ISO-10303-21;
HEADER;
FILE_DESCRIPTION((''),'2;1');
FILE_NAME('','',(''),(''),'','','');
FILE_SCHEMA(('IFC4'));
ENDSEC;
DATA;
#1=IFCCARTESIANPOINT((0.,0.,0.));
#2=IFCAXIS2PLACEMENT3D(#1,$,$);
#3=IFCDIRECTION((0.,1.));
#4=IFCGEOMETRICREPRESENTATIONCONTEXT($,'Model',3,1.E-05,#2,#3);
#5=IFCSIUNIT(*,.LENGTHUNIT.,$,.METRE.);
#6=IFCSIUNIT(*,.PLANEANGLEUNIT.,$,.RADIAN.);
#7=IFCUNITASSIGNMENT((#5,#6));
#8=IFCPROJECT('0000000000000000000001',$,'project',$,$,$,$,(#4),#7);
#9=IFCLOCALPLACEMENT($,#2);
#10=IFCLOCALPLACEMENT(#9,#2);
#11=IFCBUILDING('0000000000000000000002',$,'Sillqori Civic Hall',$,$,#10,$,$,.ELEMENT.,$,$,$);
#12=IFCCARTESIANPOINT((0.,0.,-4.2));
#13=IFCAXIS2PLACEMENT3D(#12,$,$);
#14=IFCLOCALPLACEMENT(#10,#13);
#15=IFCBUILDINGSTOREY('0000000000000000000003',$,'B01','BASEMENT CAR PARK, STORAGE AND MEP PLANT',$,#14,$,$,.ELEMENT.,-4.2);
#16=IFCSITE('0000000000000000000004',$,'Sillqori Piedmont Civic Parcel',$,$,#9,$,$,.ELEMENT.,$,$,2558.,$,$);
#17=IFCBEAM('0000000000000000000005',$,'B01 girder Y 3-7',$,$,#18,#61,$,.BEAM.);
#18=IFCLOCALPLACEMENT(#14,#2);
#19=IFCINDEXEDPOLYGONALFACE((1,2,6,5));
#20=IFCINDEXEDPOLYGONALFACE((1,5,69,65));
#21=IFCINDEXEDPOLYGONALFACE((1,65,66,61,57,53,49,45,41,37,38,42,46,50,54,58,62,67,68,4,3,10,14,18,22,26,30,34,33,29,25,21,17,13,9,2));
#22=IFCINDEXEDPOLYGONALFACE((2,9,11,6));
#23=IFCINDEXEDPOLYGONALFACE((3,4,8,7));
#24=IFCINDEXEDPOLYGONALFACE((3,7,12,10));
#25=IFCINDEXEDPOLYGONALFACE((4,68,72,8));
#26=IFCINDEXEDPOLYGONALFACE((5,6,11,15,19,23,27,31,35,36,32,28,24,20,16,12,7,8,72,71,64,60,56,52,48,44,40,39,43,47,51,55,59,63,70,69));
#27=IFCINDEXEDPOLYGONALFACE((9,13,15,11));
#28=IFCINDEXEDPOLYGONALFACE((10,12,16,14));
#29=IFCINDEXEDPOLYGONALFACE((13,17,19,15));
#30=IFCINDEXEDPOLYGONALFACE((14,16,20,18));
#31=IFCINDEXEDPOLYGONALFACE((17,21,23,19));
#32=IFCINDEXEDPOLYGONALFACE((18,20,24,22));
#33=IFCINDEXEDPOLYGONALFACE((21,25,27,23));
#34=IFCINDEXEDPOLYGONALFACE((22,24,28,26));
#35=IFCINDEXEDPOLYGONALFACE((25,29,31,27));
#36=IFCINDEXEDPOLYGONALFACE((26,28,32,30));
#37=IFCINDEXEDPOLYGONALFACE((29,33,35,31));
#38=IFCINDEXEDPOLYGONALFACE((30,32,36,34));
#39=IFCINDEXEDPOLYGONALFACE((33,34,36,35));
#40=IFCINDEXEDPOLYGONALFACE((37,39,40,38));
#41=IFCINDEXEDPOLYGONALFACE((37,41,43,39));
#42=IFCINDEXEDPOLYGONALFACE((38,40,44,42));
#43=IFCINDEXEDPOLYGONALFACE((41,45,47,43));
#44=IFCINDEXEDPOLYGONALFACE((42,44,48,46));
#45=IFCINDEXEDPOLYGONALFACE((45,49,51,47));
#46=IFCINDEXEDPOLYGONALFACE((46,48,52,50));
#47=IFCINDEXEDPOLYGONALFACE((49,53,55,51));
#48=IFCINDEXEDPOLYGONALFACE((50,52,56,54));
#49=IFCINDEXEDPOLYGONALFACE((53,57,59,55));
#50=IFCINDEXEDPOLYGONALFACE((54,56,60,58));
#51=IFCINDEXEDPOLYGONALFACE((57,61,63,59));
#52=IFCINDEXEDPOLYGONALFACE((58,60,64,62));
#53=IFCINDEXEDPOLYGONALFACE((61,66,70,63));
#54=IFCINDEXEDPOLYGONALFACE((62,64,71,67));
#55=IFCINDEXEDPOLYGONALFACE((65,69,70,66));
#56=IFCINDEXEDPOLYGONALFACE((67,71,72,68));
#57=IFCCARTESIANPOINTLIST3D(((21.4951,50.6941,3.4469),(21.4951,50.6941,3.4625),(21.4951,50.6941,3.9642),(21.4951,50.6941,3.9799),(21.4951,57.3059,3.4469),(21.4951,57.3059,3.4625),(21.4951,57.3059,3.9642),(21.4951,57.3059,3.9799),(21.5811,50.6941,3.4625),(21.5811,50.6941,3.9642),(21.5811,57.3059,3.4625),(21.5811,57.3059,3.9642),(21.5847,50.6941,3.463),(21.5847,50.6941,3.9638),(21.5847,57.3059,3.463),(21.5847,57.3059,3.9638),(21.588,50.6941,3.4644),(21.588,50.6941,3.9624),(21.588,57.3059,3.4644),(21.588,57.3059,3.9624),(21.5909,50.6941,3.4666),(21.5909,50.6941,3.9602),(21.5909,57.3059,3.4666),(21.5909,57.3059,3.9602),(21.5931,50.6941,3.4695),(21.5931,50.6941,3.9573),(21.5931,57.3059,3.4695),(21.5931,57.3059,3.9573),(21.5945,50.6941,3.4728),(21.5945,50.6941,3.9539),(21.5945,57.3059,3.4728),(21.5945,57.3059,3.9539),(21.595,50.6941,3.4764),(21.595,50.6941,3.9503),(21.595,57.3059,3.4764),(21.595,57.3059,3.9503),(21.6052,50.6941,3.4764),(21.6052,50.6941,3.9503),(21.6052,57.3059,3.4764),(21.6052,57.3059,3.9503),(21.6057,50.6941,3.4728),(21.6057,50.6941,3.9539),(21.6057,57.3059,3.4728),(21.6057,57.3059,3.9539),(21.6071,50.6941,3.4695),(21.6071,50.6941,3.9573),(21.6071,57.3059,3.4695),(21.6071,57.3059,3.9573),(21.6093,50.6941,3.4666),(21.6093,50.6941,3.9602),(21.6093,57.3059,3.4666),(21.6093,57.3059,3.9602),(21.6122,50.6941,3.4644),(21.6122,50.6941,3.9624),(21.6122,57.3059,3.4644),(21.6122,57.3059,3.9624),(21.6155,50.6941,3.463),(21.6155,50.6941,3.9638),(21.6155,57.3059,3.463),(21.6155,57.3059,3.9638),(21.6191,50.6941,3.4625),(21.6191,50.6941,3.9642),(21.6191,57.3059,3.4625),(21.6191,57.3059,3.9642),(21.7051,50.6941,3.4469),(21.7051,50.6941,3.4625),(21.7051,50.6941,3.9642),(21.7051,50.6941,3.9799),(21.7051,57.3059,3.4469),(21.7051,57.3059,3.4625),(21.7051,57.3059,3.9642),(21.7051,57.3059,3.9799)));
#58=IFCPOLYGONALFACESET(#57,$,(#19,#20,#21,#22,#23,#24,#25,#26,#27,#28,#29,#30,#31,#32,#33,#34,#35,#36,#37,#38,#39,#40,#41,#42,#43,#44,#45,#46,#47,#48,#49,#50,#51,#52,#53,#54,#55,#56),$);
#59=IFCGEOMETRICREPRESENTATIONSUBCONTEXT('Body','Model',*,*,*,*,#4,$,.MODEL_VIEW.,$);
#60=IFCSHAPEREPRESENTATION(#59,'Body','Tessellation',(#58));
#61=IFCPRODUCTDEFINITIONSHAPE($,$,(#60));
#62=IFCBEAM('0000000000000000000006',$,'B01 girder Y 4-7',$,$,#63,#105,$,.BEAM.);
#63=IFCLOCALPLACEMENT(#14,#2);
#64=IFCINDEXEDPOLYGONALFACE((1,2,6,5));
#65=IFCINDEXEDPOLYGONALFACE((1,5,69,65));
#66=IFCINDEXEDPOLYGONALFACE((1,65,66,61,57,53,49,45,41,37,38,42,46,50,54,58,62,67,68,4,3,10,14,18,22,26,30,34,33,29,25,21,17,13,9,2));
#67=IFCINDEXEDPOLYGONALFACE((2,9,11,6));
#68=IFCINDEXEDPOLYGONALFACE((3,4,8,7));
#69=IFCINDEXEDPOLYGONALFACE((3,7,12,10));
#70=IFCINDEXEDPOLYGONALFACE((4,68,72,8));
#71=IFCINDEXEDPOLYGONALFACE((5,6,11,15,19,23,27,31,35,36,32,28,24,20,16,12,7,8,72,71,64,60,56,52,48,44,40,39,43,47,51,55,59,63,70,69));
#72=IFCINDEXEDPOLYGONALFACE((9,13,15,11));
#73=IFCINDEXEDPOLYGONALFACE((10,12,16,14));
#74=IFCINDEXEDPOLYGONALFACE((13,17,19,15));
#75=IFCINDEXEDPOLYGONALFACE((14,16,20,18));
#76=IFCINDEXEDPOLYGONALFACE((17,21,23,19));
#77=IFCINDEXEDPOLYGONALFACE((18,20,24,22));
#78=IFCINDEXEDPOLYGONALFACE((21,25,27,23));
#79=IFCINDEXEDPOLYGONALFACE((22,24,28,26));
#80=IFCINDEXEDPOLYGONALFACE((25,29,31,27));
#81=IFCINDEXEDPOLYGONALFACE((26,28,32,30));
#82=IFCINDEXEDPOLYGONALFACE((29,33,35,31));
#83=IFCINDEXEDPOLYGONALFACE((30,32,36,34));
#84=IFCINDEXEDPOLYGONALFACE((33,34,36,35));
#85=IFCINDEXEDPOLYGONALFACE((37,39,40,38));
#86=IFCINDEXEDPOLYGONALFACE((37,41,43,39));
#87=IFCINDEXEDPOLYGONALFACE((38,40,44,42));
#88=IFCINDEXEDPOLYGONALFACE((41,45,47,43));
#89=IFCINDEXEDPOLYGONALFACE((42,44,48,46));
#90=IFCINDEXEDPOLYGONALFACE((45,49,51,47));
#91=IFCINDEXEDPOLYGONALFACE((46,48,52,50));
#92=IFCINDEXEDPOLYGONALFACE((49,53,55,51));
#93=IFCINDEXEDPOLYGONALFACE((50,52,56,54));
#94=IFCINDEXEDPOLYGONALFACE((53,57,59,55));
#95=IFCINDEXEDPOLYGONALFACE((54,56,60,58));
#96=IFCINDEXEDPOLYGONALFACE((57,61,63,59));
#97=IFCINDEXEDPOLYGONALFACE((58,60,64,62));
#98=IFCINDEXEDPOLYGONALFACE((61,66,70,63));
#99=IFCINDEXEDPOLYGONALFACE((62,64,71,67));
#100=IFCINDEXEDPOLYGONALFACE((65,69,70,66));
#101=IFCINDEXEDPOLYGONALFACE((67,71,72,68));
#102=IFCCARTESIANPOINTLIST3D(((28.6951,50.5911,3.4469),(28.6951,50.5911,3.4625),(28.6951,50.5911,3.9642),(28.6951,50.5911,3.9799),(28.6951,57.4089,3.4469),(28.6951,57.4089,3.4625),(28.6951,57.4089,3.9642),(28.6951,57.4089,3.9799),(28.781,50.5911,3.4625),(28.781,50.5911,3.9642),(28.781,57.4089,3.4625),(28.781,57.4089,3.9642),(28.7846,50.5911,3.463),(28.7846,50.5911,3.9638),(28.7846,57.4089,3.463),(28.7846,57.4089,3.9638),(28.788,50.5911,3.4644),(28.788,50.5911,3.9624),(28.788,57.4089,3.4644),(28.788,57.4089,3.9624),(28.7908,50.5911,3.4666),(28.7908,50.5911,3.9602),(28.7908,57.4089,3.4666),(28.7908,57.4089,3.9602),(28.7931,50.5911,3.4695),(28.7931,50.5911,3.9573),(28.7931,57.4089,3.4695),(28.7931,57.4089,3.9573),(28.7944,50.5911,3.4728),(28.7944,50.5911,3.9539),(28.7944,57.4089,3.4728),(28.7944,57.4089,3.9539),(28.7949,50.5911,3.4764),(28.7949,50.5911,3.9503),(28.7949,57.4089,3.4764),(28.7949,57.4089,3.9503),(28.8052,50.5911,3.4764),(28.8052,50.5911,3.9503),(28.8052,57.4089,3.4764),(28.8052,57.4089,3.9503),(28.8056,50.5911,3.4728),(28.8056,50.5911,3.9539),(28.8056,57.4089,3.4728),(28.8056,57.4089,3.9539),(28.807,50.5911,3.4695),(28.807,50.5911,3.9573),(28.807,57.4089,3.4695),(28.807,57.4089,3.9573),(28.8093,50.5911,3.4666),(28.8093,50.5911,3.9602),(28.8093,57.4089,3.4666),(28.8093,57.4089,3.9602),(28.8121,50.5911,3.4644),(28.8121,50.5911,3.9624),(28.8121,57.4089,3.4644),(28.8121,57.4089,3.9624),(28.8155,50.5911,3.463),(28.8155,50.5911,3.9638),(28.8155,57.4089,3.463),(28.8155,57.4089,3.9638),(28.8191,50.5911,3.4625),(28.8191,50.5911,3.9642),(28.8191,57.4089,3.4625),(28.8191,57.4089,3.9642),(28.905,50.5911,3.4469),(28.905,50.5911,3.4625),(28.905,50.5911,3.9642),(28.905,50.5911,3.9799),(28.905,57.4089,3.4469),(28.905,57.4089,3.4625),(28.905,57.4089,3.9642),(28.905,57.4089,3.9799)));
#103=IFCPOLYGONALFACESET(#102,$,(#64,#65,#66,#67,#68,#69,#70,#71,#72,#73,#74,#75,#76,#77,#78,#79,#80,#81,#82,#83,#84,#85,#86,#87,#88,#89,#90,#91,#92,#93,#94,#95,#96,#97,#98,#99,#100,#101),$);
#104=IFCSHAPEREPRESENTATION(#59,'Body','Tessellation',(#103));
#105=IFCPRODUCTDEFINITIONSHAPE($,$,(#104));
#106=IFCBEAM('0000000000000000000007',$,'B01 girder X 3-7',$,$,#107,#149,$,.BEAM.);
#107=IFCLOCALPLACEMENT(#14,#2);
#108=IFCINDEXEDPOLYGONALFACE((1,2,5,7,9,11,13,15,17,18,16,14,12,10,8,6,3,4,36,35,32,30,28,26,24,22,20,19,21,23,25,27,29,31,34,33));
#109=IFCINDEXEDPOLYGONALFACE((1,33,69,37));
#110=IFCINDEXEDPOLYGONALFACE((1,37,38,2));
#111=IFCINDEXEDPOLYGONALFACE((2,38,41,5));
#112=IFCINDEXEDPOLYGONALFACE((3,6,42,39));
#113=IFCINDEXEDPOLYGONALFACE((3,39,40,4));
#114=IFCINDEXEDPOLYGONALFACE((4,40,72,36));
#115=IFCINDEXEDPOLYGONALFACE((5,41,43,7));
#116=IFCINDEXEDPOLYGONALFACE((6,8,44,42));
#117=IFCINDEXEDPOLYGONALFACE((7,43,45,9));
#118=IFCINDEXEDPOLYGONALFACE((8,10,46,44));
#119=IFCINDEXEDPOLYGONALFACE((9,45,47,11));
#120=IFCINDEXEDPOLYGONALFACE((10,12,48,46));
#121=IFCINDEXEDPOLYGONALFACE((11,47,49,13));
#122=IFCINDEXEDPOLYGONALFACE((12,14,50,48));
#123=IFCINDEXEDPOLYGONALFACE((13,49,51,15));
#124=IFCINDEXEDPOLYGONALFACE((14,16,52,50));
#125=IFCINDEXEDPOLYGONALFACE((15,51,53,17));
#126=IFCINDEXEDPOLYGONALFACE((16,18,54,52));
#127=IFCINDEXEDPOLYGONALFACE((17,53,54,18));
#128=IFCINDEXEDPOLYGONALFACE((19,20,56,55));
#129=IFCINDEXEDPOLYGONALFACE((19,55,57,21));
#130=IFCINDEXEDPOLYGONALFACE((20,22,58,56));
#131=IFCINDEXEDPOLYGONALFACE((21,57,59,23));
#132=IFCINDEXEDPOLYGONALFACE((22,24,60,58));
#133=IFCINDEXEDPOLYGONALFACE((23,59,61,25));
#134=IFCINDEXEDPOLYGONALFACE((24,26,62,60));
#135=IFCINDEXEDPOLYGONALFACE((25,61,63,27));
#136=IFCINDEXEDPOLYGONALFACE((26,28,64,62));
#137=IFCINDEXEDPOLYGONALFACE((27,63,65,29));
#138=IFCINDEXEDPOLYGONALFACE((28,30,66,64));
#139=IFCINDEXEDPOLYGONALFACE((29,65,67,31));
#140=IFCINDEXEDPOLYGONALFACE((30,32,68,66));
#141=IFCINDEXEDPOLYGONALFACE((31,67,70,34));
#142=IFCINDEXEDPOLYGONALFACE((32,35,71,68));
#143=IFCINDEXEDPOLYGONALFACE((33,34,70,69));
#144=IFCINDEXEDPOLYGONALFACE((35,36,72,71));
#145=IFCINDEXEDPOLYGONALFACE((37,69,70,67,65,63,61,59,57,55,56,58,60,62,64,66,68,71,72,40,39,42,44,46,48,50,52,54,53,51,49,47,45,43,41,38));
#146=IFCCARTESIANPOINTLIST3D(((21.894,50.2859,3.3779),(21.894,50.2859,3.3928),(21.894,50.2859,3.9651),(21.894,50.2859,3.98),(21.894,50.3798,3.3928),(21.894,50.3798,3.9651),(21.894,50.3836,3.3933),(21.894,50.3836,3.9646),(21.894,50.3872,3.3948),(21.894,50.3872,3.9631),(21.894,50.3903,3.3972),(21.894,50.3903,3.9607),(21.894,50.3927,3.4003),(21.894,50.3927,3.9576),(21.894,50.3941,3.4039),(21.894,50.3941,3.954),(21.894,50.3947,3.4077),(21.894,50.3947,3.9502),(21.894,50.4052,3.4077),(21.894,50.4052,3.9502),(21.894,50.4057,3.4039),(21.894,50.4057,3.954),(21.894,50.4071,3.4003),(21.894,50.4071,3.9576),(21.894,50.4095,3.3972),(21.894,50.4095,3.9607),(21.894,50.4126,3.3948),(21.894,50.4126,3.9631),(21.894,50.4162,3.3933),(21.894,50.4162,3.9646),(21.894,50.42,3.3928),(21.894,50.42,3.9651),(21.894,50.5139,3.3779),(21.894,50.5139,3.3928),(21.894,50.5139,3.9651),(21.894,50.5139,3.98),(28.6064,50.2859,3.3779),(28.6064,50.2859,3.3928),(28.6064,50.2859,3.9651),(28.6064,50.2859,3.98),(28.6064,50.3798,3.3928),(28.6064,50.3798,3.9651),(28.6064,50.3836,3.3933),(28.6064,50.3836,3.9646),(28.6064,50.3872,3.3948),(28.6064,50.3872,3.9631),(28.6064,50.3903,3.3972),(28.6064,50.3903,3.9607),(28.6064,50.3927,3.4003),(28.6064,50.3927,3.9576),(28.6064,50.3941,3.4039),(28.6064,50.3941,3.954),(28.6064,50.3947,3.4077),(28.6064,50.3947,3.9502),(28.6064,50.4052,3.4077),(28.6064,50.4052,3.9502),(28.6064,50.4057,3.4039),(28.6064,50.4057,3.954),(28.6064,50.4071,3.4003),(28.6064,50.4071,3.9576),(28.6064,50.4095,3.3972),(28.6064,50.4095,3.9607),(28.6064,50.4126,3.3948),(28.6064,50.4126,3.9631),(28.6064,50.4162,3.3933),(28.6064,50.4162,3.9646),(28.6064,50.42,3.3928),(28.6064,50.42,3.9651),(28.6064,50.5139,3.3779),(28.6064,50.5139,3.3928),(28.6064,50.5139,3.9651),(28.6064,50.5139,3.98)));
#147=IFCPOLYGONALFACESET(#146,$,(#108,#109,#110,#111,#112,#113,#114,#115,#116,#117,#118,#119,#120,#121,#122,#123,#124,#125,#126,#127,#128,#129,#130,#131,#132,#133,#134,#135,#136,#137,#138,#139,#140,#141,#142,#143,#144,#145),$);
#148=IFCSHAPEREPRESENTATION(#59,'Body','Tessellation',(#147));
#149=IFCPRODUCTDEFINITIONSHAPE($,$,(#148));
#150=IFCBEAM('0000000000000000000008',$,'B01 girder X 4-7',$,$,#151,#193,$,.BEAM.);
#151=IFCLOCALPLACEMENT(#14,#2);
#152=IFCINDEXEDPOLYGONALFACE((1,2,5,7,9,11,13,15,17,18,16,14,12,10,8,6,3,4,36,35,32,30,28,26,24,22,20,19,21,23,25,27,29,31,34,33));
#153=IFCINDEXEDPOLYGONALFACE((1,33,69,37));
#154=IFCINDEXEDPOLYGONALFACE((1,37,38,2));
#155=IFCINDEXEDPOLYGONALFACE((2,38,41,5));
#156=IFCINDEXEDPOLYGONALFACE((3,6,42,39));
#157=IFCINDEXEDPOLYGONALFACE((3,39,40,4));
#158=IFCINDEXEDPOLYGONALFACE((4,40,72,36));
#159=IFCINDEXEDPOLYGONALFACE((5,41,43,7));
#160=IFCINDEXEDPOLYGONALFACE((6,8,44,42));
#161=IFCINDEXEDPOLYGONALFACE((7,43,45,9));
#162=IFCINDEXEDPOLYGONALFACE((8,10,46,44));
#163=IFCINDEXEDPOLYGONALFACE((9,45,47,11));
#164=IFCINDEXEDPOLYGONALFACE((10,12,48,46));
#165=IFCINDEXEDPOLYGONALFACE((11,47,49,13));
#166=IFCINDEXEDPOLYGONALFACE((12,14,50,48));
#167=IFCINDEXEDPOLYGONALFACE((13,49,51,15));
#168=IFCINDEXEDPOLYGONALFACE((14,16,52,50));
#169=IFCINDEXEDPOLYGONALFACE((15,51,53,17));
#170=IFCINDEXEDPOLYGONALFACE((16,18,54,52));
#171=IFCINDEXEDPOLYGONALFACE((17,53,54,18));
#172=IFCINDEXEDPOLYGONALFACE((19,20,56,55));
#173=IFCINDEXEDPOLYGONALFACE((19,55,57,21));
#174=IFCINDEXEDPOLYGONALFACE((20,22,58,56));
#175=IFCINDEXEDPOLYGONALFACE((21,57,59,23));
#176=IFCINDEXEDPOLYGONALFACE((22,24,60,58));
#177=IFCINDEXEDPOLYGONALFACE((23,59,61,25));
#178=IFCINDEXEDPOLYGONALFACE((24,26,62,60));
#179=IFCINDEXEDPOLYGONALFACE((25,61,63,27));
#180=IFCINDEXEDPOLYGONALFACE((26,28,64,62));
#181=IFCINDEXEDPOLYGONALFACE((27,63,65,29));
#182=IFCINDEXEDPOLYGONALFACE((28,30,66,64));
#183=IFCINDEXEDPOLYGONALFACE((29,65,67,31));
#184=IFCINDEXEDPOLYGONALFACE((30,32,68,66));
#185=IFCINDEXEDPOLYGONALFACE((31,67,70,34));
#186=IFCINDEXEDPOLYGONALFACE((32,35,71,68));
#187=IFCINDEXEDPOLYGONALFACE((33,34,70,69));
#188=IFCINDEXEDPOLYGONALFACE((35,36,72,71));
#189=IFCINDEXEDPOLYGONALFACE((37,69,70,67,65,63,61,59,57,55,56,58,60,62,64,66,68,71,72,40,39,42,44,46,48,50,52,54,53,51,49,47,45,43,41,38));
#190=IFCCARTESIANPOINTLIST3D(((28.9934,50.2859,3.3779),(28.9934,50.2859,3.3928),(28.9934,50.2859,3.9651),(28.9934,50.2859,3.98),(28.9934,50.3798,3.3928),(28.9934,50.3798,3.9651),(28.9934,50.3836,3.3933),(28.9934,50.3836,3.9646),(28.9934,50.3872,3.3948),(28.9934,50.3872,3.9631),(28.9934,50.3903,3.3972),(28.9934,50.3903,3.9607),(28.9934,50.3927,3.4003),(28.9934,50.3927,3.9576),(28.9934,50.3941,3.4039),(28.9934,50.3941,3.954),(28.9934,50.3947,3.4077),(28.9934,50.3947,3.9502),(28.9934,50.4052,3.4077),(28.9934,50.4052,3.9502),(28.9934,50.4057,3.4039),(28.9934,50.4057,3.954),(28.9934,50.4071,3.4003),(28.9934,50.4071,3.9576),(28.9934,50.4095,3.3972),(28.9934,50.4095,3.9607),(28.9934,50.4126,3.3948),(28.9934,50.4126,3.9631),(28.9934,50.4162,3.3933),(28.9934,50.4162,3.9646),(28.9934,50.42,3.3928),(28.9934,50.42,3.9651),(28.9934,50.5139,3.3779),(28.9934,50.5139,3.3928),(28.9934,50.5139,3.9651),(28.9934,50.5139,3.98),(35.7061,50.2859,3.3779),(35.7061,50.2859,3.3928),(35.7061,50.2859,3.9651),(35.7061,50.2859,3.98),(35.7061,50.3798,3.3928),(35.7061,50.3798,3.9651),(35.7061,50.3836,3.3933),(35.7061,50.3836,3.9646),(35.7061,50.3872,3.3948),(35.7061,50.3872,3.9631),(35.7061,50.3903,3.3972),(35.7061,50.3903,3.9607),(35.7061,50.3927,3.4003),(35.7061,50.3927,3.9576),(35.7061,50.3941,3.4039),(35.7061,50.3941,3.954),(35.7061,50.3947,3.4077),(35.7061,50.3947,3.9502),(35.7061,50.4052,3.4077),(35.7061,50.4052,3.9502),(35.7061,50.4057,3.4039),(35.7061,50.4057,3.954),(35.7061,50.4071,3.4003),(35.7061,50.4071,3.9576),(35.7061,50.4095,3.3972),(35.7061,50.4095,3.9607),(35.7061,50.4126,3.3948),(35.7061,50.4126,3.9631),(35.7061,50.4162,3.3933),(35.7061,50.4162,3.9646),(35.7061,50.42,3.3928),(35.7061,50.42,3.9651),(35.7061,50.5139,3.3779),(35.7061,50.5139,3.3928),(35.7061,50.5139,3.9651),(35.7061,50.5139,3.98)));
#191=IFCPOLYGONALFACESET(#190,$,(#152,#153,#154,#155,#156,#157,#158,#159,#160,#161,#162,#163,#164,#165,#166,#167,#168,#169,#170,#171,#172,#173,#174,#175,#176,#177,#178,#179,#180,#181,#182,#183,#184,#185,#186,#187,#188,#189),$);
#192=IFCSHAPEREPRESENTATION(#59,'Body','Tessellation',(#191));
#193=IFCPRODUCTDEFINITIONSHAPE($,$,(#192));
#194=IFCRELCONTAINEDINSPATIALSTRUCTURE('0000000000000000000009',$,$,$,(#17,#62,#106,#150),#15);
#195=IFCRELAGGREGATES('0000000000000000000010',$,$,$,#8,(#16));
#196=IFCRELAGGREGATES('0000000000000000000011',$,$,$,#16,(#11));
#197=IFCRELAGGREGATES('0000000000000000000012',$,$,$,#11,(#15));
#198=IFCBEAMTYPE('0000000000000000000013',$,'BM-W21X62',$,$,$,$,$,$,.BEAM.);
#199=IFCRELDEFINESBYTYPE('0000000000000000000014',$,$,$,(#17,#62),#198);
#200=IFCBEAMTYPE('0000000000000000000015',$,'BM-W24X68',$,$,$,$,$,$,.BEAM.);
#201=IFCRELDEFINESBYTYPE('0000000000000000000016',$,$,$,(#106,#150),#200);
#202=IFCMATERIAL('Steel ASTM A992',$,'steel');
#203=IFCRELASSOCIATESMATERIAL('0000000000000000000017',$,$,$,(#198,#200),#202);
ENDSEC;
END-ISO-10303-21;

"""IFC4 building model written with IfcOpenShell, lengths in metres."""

from ifc_helpers import new_model, si_unit, direction, frame, origin, origin_2d, place, context, subcontext, project, spatial, i_section, extrude, material, material_profile, profile_set, type_object, element, save


model = new_model("IFC4")

# Units and contexts
model_context = context("Model", 3, precision=1e-05, world=origin(), true_north=direction((0.0, 1.0)))
body_context = subcontext(model_context, "Body", "Model", "MODEL_VIEW")
ifc_project = project(units=[si_unit("LENGTHUNIT", "METRE"), si_unit("PLANEANGLEUNIT", "RADIAN")], contexts=[model_context])

# Site, building, storey
site_placement = place(None, origin())
site = spatial("IfcSite", under=ifc_project, at=site_placement, Name="Sillqori Piedmont Civic Parcel", CompositionType="ELEMENT", RefElevation=2558.0)
building_placement = place(site_placement, origin())
building = spatial("IfcBuilding", under=site, at=building_placement, Name="Sillqori Civic Hall", CompositionType="ELEMENT")
storey_placement = place(building_placement, frame((0.0, 0.0, -4.2)))
storey = spatial("IfcBuildingStorey", under=building, at=storey_placement, Name="B01", Description="BASEMENT CAR PARK, STORAGE AND MEP PLANT", CompositionType="ELEMENT", Elevation=-4.2)

# Shared definitions
ifc_material_1 = material(Name="Steel ASTM A992", Category="steel")

# Beams
ifc_material_profile_1 = material_profile(ifc_material_1, i_section(OverallWidth=0.21, OverallDepth=0.533, WebThickness=0.0103, FlangeThickness=0.0156, FilletRadius=0.0139, at=origin_2d()), Name="W21X62")
ifc_profile_set_1 = profile_set([ifc_material_profile_1], Name="Steel ASTM A992")
beam_type_1 = type_object("IfcBeamType", Name="BM-W21X62", PredefinedType="BEAM", material=ifc_profile_set_1)
beam_1_placement = place(storey_placement, frame((21.6001, 50.6941, 3.7134), z_axis=(0.0, 1.0, 0.0), x_axis=(-1.0, 0.0, 0.0)))
element("IfcBeam", 1, at=beam_1_placement, inside=storey, type_object=beam_type_1, Name="B01 girder Y 3-7", PredefinedType="BEAM", context=body_context, shape_type="SweptSolid", body=[
    extrude(i_section(OverallWidth=0.21, OverallDepth=0.533, WebThickness=0.0103, FlangeThickness=0.0156, FilletRadius=0.0139, at=origin_2d()), origin(), (0.0, 0.0, 1.0), 6.6118),
])
beam_2_placement = place(storey_placement, frame((28.8, 50.5911, 3.7134), z_axis=(0.0, 1.0, 0.0), x_axis=(-1.0, 0.0, 0.0)))
element("IfcBeam", 2, at=beam_2_placement, inside=storey, type_object=beam_type_1, Name="B01 girder Y 4-7", PredefinedType="BEAM", context=body_context, shape_type="SweptSolid", body=[
    extrude(i_section(OverallWidth=0.21, OverallDepth=0.533, WebThickness=0.0103, FlangeThickness=0.0156, FilletRadius=0.0139, at=origin_2d()), origin(), (0.0, 0.0, 1.0), 6.8179),
])
ifc_material_profile_2 = material_profile(ifc_material_1, i_section(OverallWidth=0.228, OverallDepth=0.6021, WebThickness=0.0105, FlangeThickness=0.0149, FilletRadius=0.0149, at=origin_2d()), Name="W24X68")
ifc_profile_set_2 = profile_set([ifc_material_profile_2], Name="Steel ASTM A992")
beam_type_2 = type_object("IfcBeamType", Name="BM-W24X68", PredefinedType="BEAM", material=ifc_profile_set_2)
beam_3_placement = place(storey_placement, frame((21.894, 50.3999, 3.679), z_axis=(1.0, 0.0, 0.0), x_axis=(0.0, 1.0, 0.0)))
element("IfcBeam", 3, at=beam_3_placement, inside=storey, type_object=beam_type_2, Name="B01 girder X 3-7", PredefinedType="BEAM", context=body_context, shape_type="SweptSolid", body=[
    extrude(i_section(OverallWidth=0.228, OverallDepth=0.6021, WebThickness=0.0105, FlangeThickness=0.0149, FilletRadius=0.0149, at=origin_2d()), origin(), (0.0, 0.0, 1.0), 6.7124),
])
beam_4_placement = place(storey_placement, frame((28.9934, 50.3999, 3.679), z_axis=(1.0, 0.0, 0.0), x_axis=(0.0, 1.0, 0.0)))
element("IfcBeam", 4, at=beam_4_placement, inside=storey, type_object=beam_type_2, Name="B01 girder X 4-7", PredefinedType="BEAM", context=body_context, shape_type="SweptSolid", body=[
    extrude(i_section(OverallWidth=0.228, OverallDepth=0.6021, WebThickness=0.0105, FlangeThickness=0.0149, FilletRadius=0.0149, at=origin_2d()), origin(), (0.0, 0.0, 1.0), 6.7126),
])

save(model, "model.ifc")
